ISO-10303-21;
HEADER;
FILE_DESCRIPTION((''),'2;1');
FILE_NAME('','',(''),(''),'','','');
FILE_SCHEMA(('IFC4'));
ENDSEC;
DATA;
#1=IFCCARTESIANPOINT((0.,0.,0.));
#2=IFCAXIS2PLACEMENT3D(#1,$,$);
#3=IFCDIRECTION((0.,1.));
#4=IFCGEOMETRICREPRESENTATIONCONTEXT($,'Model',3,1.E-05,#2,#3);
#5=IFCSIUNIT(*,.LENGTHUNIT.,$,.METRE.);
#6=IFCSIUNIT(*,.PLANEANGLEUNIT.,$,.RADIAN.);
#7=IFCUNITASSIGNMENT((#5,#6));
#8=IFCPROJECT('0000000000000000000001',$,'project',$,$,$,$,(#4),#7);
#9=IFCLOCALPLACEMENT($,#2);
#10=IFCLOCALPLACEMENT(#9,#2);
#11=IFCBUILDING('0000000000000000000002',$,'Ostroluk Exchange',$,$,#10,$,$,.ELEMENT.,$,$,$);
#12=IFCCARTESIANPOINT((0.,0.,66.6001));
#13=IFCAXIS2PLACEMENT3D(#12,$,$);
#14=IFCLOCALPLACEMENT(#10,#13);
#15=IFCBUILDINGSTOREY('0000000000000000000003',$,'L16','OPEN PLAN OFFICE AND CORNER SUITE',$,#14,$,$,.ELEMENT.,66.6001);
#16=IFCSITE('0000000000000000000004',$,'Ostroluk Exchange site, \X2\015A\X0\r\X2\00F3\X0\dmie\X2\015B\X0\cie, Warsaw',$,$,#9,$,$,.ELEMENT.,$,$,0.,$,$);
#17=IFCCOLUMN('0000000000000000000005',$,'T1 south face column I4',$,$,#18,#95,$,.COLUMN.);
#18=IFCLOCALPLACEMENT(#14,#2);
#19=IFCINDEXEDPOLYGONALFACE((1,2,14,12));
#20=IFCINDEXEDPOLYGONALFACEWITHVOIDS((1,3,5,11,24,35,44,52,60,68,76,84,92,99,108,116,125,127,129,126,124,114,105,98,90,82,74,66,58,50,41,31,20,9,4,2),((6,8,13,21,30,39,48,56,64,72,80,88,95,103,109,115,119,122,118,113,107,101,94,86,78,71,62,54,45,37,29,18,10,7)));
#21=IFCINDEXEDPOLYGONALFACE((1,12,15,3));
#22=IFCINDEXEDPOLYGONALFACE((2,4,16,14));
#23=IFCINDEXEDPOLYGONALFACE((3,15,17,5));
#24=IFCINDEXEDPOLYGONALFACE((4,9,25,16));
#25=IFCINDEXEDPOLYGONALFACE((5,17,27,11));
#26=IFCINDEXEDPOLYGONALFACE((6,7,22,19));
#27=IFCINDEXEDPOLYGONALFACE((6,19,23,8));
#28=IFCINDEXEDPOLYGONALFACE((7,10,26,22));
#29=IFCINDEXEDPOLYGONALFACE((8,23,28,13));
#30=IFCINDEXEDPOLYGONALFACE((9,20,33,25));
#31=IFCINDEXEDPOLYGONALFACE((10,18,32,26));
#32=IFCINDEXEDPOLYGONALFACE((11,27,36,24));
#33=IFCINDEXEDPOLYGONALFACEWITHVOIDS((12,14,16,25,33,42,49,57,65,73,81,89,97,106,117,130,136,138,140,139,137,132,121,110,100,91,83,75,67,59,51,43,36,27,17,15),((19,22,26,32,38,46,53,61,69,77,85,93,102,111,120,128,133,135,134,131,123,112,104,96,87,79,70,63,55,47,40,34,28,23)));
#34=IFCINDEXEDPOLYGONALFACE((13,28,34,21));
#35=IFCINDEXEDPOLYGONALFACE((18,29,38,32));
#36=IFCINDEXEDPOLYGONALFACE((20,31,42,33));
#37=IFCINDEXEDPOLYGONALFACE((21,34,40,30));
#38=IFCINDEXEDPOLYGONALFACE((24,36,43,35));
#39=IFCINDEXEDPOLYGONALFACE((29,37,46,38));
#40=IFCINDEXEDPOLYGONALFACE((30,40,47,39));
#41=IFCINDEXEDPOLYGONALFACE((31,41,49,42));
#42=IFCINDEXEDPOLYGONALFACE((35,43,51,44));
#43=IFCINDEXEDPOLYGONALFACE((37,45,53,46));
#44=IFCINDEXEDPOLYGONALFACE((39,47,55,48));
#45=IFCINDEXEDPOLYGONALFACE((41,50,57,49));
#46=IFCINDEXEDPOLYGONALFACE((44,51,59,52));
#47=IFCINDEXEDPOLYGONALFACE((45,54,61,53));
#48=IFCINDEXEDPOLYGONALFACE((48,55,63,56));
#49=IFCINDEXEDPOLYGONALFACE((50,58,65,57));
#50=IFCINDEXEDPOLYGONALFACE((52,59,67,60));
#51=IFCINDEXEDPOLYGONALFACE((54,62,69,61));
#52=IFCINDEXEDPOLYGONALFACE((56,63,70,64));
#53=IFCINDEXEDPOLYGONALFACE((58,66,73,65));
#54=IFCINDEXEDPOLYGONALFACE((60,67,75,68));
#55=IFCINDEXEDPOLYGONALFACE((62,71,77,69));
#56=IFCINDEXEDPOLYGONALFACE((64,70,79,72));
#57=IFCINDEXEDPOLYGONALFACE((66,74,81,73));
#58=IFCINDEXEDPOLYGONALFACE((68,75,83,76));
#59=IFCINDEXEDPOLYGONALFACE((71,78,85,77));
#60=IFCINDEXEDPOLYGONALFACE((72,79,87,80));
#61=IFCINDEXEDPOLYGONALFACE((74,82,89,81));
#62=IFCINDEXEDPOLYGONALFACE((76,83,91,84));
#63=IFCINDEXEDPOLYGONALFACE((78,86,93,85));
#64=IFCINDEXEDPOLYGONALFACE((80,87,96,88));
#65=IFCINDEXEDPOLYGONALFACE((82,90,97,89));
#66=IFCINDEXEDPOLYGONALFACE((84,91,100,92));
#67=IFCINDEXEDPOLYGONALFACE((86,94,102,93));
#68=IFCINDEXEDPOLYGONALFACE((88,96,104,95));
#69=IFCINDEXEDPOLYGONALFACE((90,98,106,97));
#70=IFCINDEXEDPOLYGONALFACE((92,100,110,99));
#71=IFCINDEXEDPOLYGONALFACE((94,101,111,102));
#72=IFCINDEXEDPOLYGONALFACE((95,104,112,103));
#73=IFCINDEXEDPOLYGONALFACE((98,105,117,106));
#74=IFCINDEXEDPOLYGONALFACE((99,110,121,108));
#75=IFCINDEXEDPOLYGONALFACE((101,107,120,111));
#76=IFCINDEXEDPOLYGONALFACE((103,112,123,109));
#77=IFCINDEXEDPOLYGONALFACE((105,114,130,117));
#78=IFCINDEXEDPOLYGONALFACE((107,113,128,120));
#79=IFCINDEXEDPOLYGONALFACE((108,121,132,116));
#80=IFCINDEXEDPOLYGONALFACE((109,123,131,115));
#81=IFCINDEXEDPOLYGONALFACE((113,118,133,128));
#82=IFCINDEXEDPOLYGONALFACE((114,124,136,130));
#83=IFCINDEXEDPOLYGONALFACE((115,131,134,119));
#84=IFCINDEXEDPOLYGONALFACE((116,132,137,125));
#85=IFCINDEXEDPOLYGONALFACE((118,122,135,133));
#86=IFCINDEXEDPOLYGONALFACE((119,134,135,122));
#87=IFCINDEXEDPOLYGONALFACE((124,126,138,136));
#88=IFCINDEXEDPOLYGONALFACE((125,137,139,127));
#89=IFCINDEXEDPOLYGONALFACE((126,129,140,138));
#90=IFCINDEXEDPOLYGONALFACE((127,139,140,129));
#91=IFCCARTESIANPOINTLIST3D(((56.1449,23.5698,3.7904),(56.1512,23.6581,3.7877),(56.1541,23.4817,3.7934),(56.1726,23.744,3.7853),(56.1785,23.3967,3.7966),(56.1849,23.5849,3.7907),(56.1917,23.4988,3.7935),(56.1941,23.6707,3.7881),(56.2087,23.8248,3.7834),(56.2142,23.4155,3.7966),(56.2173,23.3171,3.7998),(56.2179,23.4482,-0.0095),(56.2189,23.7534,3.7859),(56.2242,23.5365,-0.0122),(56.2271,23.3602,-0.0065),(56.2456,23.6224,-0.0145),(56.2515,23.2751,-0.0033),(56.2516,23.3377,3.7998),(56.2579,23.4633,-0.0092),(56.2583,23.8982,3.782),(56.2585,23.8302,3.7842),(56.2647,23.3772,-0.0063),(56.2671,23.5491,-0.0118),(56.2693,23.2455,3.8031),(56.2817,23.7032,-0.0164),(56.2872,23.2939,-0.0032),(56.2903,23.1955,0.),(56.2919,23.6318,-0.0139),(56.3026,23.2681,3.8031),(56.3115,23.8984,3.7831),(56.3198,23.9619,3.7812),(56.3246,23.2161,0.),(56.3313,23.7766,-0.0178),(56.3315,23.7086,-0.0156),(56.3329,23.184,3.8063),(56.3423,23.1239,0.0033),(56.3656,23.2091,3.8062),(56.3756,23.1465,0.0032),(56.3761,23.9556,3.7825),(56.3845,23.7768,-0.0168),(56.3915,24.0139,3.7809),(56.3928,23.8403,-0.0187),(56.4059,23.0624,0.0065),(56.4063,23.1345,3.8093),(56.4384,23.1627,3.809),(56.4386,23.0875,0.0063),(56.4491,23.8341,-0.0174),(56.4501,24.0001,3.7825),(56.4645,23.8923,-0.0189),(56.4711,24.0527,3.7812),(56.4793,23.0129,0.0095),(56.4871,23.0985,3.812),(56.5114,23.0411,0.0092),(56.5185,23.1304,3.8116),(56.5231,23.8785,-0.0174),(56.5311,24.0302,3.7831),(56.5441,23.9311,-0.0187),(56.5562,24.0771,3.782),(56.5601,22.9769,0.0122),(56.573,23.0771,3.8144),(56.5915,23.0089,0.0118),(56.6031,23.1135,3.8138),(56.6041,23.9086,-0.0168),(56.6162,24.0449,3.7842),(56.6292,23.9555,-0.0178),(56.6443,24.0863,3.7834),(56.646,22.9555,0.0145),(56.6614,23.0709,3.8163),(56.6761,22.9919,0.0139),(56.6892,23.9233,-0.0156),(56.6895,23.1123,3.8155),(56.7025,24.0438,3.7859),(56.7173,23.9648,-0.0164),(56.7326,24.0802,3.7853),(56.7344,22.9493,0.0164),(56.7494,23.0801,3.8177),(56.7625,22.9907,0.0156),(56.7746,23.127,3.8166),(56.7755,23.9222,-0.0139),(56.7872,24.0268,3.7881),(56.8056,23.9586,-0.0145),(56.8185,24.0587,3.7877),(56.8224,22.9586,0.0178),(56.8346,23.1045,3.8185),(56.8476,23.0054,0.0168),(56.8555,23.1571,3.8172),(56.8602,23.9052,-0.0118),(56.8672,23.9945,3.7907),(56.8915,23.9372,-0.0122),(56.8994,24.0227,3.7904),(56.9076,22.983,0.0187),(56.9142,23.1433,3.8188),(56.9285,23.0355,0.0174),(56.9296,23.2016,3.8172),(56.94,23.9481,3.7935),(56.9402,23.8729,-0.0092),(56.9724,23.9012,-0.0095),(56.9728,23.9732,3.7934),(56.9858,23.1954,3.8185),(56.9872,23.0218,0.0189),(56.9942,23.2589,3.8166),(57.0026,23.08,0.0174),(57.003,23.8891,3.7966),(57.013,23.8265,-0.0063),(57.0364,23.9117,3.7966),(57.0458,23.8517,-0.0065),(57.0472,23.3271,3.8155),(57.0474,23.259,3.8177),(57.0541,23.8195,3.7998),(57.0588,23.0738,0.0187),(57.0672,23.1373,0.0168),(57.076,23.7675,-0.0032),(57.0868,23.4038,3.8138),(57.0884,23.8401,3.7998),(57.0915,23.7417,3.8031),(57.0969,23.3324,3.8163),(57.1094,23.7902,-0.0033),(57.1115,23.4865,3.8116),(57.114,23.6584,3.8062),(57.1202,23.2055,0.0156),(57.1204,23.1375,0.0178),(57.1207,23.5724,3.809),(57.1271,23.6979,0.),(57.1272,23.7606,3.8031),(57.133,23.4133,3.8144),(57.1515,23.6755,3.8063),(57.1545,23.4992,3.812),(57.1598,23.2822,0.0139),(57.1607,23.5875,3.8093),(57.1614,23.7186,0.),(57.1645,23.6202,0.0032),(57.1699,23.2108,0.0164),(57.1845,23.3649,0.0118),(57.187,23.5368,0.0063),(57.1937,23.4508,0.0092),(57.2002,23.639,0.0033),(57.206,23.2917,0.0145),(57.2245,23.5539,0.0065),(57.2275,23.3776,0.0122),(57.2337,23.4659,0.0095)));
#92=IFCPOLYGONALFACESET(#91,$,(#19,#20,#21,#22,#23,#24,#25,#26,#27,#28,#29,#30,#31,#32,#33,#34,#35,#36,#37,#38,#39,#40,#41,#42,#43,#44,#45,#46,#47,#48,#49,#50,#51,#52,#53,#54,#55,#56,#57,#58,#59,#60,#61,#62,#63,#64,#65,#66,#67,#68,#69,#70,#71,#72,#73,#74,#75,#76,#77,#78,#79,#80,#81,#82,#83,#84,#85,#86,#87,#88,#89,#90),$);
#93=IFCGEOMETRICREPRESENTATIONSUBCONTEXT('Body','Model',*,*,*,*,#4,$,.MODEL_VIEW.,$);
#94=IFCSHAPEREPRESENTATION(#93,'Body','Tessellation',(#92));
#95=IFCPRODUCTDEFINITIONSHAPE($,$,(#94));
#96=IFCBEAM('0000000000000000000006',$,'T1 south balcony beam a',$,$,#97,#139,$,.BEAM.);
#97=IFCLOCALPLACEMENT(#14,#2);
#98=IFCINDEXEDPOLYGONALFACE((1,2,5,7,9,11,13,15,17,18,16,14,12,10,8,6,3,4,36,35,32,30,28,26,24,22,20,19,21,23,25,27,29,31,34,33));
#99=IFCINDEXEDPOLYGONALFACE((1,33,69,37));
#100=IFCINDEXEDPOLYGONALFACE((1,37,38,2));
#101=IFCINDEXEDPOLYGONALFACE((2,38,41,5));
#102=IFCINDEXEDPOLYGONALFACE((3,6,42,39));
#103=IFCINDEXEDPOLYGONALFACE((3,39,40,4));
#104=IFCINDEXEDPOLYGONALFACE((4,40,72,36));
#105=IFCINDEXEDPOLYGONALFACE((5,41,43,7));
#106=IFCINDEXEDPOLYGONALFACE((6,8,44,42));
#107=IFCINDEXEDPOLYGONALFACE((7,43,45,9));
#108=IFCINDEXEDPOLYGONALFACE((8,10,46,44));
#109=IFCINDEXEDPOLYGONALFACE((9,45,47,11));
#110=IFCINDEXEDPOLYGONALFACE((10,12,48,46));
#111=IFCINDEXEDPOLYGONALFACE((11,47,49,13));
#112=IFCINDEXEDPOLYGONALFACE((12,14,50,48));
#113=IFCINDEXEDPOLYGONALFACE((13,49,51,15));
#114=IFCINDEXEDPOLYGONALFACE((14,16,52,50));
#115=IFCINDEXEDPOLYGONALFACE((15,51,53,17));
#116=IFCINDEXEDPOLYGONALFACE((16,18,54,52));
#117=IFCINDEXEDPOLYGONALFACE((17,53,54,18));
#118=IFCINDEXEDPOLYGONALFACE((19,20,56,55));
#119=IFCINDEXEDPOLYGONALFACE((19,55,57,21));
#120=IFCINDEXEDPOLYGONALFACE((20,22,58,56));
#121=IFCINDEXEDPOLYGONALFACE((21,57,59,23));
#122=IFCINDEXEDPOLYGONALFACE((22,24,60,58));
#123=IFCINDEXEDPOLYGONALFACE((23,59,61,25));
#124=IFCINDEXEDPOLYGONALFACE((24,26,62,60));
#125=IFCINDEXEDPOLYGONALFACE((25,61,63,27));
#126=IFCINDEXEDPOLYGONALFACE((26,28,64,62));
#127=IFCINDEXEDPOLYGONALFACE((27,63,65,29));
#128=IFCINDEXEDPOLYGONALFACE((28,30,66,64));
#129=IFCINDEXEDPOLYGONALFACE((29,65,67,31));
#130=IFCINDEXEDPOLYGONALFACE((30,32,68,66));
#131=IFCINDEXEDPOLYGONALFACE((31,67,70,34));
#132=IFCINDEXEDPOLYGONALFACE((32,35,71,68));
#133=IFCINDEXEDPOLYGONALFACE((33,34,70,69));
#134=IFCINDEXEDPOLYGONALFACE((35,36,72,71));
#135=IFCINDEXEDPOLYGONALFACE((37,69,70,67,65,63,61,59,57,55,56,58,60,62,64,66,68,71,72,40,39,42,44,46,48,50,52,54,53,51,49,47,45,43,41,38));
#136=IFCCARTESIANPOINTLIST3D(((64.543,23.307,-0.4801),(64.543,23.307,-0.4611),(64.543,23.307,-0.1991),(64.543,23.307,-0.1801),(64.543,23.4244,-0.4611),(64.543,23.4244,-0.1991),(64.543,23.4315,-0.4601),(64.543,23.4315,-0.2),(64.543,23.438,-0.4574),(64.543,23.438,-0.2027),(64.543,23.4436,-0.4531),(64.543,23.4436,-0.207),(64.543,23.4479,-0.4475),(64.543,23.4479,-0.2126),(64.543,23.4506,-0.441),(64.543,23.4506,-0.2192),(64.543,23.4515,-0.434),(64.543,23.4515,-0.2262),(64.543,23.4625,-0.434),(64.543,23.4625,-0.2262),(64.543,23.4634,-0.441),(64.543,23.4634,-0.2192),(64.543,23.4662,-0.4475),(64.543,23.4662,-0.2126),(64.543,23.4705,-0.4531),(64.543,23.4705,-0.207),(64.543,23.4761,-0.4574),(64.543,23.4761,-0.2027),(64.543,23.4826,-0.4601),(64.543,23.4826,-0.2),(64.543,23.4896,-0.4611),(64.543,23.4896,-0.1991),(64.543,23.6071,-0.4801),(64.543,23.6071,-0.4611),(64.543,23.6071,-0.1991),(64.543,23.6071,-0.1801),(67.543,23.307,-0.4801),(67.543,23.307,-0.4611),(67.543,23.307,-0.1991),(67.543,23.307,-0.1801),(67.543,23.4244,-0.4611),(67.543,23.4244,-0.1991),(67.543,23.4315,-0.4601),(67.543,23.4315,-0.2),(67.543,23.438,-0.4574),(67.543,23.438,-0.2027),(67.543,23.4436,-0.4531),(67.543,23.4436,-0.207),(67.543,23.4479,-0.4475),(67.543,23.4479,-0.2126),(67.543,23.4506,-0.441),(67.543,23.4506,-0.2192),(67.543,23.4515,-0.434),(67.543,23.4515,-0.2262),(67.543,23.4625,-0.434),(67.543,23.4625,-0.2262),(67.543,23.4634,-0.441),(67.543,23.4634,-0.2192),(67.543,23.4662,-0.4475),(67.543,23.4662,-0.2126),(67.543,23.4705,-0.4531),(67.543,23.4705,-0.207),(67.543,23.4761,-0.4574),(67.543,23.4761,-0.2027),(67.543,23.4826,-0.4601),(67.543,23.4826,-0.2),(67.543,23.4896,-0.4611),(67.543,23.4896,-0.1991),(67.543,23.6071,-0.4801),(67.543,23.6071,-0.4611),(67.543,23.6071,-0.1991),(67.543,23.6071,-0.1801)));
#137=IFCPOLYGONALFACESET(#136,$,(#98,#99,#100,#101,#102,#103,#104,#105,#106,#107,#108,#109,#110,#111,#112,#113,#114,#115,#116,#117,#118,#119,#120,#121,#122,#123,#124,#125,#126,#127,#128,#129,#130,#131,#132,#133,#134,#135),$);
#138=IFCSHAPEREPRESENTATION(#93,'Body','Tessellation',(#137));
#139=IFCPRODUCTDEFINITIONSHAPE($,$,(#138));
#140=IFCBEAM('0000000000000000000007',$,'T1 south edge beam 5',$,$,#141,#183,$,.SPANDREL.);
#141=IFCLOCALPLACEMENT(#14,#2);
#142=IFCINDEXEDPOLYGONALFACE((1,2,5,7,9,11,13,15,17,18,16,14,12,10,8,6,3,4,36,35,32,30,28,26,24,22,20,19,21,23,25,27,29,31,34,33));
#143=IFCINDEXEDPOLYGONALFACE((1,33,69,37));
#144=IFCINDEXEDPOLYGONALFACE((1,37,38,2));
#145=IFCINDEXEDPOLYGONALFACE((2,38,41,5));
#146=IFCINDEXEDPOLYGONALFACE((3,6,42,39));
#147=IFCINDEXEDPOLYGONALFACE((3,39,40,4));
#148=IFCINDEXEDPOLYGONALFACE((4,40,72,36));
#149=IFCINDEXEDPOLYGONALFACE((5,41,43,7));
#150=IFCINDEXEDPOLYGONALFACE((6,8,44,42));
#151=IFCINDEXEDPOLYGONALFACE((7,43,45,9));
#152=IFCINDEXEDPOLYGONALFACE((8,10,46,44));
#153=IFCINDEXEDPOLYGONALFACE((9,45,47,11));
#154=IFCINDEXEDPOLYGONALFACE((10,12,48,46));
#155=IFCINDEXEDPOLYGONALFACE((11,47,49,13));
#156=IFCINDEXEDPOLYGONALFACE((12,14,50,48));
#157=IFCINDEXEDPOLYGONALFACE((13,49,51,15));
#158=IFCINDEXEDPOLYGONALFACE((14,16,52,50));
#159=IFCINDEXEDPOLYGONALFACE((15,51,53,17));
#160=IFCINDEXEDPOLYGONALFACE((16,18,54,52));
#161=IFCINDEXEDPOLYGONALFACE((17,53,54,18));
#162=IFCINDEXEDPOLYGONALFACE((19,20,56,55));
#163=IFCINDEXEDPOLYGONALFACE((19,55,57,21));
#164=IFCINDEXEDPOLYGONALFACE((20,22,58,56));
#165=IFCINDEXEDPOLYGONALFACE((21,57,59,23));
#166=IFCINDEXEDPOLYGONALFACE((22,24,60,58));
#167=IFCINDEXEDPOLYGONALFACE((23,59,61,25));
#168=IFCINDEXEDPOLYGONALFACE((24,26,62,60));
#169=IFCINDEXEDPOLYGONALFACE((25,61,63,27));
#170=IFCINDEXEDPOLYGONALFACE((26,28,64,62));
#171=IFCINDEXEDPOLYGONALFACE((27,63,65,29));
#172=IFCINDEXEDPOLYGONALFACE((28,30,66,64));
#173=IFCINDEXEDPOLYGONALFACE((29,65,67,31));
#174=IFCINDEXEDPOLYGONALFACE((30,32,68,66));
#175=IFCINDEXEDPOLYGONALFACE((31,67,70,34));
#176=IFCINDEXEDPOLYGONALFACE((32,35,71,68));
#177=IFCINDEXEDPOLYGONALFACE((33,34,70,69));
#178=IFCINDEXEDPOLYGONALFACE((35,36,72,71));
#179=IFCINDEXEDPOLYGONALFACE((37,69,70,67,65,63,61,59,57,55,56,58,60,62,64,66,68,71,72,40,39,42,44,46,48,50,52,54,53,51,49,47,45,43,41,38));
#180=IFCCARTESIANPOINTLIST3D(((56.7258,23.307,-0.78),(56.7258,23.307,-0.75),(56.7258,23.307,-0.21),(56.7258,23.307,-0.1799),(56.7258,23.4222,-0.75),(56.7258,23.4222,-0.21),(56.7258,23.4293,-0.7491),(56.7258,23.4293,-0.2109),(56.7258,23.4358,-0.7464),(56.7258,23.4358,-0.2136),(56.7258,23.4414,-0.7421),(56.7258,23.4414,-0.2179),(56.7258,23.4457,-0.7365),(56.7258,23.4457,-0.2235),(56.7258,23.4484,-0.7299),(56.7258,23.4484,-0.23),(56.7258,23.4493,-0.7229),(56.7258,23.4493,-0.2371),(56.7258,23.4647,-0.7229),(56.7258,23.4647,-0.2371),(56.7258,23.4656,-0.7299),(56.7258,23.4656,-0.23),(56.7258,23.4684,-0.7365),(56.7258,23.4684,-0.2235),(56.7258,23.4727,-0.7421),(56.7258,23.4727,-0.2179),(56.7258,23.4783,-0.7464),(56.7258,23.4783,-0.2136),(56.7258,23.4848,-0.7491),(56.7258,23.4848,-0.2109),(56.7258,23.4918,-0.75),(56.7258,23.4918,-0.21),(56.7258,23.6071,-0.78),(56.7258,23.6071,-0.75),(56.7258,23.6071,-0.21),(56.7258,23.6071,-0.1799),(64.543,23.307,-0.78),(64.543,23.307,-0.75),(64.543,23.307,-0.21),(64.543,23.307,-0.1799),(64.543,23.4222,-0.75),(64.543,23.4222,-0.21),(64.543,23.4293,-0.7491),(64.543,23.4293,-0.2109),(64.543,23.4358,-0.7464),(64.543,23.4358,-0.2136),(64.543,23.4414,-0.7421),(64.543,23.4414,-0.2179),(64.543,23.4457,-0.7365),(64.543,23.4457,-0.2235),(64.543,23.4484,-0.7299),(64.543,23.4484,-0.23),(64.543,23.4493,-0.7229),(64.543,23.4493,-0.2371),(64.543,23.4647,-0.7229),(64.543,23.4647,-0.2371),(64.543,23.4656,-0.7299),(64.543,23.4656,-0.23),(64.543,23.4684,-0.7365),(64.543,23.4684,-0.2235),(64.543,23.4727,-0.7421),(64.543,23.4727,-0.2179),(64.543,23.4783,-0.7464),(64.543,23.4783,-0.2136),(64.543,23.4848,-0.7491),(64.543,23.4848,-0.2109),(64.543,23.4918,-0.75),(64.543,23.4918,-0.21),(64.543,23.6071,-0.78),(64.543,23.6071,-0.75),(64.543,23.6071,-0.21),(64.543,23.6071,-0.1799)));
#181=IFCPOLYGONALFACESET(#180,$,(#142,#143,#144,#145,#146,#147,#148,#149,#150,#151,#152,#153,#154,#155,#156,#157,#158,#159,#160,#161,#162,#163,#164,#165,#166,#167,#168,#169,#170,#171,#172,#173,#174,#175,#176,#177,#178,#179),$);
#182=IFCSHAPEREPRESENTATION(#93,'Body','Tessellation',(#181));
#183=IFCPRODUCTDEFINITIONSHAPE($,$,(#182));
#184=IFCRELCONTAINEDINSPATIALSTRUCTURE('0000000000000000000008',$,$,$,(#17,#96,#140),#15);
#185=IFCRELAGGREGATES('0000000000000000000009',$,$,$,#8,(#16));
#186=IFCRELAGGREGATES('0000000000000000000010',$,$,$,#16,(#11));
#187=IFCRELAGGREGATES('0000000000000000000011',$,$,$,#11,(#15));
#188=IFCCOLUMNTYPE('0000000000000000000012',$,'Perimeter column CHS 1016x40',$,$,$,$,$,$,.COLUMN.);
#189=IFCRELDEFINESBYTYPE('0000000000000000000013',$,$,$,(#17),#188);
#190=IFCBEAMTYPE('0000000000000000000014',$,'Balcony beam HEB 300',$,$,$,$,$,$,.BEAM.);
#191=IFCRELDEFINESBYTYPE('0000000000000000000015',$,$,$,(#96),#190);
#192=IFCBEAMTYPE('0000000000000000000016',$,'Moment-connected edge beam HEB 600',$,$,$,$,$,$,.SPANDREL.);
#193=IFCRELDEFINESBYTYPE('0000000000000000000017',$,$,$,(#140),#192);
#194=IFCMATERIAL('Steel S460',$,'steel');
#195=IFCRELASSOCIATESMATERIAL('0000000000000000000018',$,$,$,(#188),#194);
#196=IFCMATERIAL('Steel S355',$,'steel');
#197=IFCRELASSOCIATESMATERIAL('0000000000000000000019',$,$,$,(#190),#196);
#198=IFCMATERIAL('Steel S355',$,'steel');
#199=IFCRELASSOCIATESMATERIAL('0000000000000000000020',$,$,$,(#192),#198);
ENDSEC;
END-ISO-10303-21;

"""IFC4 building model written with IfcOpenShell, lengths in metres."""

from ifc_helpers import new_model, si_unit, direction, frame, origin, origin_2d, place, context, subcontext, project, spatial, hollow_circle, i_section, extrude, material, material_profile, profile_set, type_object, element, save


model = new_model("IFC4")

# Units and contexts
model_context = context("Model", 3, precision=1e-05, world=origin(), true_north=direction((0.0, 1.0)))
body_context = subcontext(model_context, "Body", "Model", "MODEL_VIEW")
ifc_project = project(units=[si_unit("LENGTHUNIT", "METRE"), si_unit("PLANEANGLEUNIT", "RADIAN")], contexts=[model_context])

# Site, building, storey
site_placement = place(None, origin())
site = spatial("IfcSite", under=ifc_project, at=site_placement, Name="Ostroluk Exchange site, Śródmieście, Warsaw", CompositionType="ELEMENT", RefElevation=0.0)
building_placement = place(site_placement, origin())
building = spatial("IfcBuilding", under=site, at=building_placement, Name="Ostroluk Exchange", CompositionType="ELEMENT")
storey_placement = place(building_placement, frame((0.0, 0.0, 66.6001)))
storey = spatial("IfcBuildingStorey", under=building, at=storey_placement, Name="L16", Description="OPEN PLAN OFFICE AND CORNER SUITE", CompositionType="ELEMENT", Elevation=66.6001)

# Column
ifc_material_1 = material(Name="Steel S460", Category="steel")
ifc_material_profile_1 = material_profile(ifc_material_1, hollow_circle(Radius=0.5081, WallThickness=0.04, at=origin_2d()), Name="CHS 1016x40")
ifc_profile_set_1 = profile_set([ifc_material_profile_1], Name="Steel S460")
column_type = type_object("IfcColumnType", Name="Perimeter column CHS 1016x40", PredefinedType="COLUMN", material=ifc_profile_set_1)
column_placement = place(storey_placement, frame((56.7258, 23.457, 0.0), z_axis=(-0.019198, 0.031975, 0.999304), x_axis=(-0.857341, -0.514749, 0.0)))
element("IfcColumn", 1, at=column_placement, inside=storey, type_object=column_type, Name="T1 south face column I4", PredefinedType="COLUMN", context=body_context, shape_type="SweptSolid", body=[
    extrude(hollow_circle(Radius=0.5081, WallThickness=0.04, at=origin_2d()), origin(), (0.0, 0.0, 1.0), 3.8025),
])

# Beams
ifc_material_2 = material(Name="Steel S355", Category="steel")
ifc_material_profile_2 = material_profile(ifc_material_2, i_section(OverallWidth=0.3, OverallDepth=0.3, WebThickness=0.011, FlangeThickness=0.019, FilletRadius=0.0271, at=origin_2d()), Name="HEB 300")
ifc_profile_set_2 = profile_set([ifc_material_profile_2], Name="Steel S355")
beam_type_1 = type_object("IfcBeamType", Name="Balcony beam HEB 300", PredefinedType="BEAM", material=ifc_profile_set_2)
beam_1_placement = place(storey_placement, frame((64.543, 23.457, -0.3301), z_axis=(1.0, 0.0, 0.0), x_axis=(0.0, 1.0, 0.0)))
element("IfcBeam", 2, at=beam_1_placement, inside=storey, type_object=beam_type_1, Name="T1 south balcony beam a", PredefinedType="BEAM", context=body_context, shape_type="SweptSolid", body=[
    extrude(i_section(OverallWidth=0.3, OverallDepth=0.3, WebThickness=0.011, FlangeThickness=0.019, FilletRadius=0.0271, at=origin_2d()), origin(), (0.0, 0.0, 1.0), 3.0),
])
ifc_material_3 = material(Name="Steel S355", Category="steel")
ifc_material_profile_3 = material_profile(ifc_material_3, i_section(OverallWidth=0.3, OverallDepth=0.6001, WebThickness=0.0154, FlangeThickness=0.03, FilletRadius=0.0271, at=origin_2d()), Name="HEB 600")
ifc_profile_set_3 = profile_set([ifc_material_profile_3], Name="Steel S355")
beam_type_2 = type_object("IfcBeamType", Name="Moment-connected edge beam HEB 600", PredefinedType="SPANDREL", material=ifc_profile_set_3)
beam_2_placement = place(storey_placement, frame((56.7258, 23.457, -0.48), z_axis=(1.0, 0.0, 0.0), x_axis=(0.0, 1.0, 0.0)))
element("IfcBeam", 3, at=beam_2_placement, inside=storey, type_object=beam_type_2, Name="T1 south edge beam 5", PredefinedType="SPANDREL", context=body_context, shape_type="SweptSolid", body=[
    extrude(i_section(OverallWidth=0.3, OverallDepth=0.6001, WebThickness=0.0154, FlangeThickness=0.03, FilletRadius=0.0271, at=origin_2d()), origin(), (0.0, 0.0, 1.0), 7.8171),
])

save(model, "model.ifc")
